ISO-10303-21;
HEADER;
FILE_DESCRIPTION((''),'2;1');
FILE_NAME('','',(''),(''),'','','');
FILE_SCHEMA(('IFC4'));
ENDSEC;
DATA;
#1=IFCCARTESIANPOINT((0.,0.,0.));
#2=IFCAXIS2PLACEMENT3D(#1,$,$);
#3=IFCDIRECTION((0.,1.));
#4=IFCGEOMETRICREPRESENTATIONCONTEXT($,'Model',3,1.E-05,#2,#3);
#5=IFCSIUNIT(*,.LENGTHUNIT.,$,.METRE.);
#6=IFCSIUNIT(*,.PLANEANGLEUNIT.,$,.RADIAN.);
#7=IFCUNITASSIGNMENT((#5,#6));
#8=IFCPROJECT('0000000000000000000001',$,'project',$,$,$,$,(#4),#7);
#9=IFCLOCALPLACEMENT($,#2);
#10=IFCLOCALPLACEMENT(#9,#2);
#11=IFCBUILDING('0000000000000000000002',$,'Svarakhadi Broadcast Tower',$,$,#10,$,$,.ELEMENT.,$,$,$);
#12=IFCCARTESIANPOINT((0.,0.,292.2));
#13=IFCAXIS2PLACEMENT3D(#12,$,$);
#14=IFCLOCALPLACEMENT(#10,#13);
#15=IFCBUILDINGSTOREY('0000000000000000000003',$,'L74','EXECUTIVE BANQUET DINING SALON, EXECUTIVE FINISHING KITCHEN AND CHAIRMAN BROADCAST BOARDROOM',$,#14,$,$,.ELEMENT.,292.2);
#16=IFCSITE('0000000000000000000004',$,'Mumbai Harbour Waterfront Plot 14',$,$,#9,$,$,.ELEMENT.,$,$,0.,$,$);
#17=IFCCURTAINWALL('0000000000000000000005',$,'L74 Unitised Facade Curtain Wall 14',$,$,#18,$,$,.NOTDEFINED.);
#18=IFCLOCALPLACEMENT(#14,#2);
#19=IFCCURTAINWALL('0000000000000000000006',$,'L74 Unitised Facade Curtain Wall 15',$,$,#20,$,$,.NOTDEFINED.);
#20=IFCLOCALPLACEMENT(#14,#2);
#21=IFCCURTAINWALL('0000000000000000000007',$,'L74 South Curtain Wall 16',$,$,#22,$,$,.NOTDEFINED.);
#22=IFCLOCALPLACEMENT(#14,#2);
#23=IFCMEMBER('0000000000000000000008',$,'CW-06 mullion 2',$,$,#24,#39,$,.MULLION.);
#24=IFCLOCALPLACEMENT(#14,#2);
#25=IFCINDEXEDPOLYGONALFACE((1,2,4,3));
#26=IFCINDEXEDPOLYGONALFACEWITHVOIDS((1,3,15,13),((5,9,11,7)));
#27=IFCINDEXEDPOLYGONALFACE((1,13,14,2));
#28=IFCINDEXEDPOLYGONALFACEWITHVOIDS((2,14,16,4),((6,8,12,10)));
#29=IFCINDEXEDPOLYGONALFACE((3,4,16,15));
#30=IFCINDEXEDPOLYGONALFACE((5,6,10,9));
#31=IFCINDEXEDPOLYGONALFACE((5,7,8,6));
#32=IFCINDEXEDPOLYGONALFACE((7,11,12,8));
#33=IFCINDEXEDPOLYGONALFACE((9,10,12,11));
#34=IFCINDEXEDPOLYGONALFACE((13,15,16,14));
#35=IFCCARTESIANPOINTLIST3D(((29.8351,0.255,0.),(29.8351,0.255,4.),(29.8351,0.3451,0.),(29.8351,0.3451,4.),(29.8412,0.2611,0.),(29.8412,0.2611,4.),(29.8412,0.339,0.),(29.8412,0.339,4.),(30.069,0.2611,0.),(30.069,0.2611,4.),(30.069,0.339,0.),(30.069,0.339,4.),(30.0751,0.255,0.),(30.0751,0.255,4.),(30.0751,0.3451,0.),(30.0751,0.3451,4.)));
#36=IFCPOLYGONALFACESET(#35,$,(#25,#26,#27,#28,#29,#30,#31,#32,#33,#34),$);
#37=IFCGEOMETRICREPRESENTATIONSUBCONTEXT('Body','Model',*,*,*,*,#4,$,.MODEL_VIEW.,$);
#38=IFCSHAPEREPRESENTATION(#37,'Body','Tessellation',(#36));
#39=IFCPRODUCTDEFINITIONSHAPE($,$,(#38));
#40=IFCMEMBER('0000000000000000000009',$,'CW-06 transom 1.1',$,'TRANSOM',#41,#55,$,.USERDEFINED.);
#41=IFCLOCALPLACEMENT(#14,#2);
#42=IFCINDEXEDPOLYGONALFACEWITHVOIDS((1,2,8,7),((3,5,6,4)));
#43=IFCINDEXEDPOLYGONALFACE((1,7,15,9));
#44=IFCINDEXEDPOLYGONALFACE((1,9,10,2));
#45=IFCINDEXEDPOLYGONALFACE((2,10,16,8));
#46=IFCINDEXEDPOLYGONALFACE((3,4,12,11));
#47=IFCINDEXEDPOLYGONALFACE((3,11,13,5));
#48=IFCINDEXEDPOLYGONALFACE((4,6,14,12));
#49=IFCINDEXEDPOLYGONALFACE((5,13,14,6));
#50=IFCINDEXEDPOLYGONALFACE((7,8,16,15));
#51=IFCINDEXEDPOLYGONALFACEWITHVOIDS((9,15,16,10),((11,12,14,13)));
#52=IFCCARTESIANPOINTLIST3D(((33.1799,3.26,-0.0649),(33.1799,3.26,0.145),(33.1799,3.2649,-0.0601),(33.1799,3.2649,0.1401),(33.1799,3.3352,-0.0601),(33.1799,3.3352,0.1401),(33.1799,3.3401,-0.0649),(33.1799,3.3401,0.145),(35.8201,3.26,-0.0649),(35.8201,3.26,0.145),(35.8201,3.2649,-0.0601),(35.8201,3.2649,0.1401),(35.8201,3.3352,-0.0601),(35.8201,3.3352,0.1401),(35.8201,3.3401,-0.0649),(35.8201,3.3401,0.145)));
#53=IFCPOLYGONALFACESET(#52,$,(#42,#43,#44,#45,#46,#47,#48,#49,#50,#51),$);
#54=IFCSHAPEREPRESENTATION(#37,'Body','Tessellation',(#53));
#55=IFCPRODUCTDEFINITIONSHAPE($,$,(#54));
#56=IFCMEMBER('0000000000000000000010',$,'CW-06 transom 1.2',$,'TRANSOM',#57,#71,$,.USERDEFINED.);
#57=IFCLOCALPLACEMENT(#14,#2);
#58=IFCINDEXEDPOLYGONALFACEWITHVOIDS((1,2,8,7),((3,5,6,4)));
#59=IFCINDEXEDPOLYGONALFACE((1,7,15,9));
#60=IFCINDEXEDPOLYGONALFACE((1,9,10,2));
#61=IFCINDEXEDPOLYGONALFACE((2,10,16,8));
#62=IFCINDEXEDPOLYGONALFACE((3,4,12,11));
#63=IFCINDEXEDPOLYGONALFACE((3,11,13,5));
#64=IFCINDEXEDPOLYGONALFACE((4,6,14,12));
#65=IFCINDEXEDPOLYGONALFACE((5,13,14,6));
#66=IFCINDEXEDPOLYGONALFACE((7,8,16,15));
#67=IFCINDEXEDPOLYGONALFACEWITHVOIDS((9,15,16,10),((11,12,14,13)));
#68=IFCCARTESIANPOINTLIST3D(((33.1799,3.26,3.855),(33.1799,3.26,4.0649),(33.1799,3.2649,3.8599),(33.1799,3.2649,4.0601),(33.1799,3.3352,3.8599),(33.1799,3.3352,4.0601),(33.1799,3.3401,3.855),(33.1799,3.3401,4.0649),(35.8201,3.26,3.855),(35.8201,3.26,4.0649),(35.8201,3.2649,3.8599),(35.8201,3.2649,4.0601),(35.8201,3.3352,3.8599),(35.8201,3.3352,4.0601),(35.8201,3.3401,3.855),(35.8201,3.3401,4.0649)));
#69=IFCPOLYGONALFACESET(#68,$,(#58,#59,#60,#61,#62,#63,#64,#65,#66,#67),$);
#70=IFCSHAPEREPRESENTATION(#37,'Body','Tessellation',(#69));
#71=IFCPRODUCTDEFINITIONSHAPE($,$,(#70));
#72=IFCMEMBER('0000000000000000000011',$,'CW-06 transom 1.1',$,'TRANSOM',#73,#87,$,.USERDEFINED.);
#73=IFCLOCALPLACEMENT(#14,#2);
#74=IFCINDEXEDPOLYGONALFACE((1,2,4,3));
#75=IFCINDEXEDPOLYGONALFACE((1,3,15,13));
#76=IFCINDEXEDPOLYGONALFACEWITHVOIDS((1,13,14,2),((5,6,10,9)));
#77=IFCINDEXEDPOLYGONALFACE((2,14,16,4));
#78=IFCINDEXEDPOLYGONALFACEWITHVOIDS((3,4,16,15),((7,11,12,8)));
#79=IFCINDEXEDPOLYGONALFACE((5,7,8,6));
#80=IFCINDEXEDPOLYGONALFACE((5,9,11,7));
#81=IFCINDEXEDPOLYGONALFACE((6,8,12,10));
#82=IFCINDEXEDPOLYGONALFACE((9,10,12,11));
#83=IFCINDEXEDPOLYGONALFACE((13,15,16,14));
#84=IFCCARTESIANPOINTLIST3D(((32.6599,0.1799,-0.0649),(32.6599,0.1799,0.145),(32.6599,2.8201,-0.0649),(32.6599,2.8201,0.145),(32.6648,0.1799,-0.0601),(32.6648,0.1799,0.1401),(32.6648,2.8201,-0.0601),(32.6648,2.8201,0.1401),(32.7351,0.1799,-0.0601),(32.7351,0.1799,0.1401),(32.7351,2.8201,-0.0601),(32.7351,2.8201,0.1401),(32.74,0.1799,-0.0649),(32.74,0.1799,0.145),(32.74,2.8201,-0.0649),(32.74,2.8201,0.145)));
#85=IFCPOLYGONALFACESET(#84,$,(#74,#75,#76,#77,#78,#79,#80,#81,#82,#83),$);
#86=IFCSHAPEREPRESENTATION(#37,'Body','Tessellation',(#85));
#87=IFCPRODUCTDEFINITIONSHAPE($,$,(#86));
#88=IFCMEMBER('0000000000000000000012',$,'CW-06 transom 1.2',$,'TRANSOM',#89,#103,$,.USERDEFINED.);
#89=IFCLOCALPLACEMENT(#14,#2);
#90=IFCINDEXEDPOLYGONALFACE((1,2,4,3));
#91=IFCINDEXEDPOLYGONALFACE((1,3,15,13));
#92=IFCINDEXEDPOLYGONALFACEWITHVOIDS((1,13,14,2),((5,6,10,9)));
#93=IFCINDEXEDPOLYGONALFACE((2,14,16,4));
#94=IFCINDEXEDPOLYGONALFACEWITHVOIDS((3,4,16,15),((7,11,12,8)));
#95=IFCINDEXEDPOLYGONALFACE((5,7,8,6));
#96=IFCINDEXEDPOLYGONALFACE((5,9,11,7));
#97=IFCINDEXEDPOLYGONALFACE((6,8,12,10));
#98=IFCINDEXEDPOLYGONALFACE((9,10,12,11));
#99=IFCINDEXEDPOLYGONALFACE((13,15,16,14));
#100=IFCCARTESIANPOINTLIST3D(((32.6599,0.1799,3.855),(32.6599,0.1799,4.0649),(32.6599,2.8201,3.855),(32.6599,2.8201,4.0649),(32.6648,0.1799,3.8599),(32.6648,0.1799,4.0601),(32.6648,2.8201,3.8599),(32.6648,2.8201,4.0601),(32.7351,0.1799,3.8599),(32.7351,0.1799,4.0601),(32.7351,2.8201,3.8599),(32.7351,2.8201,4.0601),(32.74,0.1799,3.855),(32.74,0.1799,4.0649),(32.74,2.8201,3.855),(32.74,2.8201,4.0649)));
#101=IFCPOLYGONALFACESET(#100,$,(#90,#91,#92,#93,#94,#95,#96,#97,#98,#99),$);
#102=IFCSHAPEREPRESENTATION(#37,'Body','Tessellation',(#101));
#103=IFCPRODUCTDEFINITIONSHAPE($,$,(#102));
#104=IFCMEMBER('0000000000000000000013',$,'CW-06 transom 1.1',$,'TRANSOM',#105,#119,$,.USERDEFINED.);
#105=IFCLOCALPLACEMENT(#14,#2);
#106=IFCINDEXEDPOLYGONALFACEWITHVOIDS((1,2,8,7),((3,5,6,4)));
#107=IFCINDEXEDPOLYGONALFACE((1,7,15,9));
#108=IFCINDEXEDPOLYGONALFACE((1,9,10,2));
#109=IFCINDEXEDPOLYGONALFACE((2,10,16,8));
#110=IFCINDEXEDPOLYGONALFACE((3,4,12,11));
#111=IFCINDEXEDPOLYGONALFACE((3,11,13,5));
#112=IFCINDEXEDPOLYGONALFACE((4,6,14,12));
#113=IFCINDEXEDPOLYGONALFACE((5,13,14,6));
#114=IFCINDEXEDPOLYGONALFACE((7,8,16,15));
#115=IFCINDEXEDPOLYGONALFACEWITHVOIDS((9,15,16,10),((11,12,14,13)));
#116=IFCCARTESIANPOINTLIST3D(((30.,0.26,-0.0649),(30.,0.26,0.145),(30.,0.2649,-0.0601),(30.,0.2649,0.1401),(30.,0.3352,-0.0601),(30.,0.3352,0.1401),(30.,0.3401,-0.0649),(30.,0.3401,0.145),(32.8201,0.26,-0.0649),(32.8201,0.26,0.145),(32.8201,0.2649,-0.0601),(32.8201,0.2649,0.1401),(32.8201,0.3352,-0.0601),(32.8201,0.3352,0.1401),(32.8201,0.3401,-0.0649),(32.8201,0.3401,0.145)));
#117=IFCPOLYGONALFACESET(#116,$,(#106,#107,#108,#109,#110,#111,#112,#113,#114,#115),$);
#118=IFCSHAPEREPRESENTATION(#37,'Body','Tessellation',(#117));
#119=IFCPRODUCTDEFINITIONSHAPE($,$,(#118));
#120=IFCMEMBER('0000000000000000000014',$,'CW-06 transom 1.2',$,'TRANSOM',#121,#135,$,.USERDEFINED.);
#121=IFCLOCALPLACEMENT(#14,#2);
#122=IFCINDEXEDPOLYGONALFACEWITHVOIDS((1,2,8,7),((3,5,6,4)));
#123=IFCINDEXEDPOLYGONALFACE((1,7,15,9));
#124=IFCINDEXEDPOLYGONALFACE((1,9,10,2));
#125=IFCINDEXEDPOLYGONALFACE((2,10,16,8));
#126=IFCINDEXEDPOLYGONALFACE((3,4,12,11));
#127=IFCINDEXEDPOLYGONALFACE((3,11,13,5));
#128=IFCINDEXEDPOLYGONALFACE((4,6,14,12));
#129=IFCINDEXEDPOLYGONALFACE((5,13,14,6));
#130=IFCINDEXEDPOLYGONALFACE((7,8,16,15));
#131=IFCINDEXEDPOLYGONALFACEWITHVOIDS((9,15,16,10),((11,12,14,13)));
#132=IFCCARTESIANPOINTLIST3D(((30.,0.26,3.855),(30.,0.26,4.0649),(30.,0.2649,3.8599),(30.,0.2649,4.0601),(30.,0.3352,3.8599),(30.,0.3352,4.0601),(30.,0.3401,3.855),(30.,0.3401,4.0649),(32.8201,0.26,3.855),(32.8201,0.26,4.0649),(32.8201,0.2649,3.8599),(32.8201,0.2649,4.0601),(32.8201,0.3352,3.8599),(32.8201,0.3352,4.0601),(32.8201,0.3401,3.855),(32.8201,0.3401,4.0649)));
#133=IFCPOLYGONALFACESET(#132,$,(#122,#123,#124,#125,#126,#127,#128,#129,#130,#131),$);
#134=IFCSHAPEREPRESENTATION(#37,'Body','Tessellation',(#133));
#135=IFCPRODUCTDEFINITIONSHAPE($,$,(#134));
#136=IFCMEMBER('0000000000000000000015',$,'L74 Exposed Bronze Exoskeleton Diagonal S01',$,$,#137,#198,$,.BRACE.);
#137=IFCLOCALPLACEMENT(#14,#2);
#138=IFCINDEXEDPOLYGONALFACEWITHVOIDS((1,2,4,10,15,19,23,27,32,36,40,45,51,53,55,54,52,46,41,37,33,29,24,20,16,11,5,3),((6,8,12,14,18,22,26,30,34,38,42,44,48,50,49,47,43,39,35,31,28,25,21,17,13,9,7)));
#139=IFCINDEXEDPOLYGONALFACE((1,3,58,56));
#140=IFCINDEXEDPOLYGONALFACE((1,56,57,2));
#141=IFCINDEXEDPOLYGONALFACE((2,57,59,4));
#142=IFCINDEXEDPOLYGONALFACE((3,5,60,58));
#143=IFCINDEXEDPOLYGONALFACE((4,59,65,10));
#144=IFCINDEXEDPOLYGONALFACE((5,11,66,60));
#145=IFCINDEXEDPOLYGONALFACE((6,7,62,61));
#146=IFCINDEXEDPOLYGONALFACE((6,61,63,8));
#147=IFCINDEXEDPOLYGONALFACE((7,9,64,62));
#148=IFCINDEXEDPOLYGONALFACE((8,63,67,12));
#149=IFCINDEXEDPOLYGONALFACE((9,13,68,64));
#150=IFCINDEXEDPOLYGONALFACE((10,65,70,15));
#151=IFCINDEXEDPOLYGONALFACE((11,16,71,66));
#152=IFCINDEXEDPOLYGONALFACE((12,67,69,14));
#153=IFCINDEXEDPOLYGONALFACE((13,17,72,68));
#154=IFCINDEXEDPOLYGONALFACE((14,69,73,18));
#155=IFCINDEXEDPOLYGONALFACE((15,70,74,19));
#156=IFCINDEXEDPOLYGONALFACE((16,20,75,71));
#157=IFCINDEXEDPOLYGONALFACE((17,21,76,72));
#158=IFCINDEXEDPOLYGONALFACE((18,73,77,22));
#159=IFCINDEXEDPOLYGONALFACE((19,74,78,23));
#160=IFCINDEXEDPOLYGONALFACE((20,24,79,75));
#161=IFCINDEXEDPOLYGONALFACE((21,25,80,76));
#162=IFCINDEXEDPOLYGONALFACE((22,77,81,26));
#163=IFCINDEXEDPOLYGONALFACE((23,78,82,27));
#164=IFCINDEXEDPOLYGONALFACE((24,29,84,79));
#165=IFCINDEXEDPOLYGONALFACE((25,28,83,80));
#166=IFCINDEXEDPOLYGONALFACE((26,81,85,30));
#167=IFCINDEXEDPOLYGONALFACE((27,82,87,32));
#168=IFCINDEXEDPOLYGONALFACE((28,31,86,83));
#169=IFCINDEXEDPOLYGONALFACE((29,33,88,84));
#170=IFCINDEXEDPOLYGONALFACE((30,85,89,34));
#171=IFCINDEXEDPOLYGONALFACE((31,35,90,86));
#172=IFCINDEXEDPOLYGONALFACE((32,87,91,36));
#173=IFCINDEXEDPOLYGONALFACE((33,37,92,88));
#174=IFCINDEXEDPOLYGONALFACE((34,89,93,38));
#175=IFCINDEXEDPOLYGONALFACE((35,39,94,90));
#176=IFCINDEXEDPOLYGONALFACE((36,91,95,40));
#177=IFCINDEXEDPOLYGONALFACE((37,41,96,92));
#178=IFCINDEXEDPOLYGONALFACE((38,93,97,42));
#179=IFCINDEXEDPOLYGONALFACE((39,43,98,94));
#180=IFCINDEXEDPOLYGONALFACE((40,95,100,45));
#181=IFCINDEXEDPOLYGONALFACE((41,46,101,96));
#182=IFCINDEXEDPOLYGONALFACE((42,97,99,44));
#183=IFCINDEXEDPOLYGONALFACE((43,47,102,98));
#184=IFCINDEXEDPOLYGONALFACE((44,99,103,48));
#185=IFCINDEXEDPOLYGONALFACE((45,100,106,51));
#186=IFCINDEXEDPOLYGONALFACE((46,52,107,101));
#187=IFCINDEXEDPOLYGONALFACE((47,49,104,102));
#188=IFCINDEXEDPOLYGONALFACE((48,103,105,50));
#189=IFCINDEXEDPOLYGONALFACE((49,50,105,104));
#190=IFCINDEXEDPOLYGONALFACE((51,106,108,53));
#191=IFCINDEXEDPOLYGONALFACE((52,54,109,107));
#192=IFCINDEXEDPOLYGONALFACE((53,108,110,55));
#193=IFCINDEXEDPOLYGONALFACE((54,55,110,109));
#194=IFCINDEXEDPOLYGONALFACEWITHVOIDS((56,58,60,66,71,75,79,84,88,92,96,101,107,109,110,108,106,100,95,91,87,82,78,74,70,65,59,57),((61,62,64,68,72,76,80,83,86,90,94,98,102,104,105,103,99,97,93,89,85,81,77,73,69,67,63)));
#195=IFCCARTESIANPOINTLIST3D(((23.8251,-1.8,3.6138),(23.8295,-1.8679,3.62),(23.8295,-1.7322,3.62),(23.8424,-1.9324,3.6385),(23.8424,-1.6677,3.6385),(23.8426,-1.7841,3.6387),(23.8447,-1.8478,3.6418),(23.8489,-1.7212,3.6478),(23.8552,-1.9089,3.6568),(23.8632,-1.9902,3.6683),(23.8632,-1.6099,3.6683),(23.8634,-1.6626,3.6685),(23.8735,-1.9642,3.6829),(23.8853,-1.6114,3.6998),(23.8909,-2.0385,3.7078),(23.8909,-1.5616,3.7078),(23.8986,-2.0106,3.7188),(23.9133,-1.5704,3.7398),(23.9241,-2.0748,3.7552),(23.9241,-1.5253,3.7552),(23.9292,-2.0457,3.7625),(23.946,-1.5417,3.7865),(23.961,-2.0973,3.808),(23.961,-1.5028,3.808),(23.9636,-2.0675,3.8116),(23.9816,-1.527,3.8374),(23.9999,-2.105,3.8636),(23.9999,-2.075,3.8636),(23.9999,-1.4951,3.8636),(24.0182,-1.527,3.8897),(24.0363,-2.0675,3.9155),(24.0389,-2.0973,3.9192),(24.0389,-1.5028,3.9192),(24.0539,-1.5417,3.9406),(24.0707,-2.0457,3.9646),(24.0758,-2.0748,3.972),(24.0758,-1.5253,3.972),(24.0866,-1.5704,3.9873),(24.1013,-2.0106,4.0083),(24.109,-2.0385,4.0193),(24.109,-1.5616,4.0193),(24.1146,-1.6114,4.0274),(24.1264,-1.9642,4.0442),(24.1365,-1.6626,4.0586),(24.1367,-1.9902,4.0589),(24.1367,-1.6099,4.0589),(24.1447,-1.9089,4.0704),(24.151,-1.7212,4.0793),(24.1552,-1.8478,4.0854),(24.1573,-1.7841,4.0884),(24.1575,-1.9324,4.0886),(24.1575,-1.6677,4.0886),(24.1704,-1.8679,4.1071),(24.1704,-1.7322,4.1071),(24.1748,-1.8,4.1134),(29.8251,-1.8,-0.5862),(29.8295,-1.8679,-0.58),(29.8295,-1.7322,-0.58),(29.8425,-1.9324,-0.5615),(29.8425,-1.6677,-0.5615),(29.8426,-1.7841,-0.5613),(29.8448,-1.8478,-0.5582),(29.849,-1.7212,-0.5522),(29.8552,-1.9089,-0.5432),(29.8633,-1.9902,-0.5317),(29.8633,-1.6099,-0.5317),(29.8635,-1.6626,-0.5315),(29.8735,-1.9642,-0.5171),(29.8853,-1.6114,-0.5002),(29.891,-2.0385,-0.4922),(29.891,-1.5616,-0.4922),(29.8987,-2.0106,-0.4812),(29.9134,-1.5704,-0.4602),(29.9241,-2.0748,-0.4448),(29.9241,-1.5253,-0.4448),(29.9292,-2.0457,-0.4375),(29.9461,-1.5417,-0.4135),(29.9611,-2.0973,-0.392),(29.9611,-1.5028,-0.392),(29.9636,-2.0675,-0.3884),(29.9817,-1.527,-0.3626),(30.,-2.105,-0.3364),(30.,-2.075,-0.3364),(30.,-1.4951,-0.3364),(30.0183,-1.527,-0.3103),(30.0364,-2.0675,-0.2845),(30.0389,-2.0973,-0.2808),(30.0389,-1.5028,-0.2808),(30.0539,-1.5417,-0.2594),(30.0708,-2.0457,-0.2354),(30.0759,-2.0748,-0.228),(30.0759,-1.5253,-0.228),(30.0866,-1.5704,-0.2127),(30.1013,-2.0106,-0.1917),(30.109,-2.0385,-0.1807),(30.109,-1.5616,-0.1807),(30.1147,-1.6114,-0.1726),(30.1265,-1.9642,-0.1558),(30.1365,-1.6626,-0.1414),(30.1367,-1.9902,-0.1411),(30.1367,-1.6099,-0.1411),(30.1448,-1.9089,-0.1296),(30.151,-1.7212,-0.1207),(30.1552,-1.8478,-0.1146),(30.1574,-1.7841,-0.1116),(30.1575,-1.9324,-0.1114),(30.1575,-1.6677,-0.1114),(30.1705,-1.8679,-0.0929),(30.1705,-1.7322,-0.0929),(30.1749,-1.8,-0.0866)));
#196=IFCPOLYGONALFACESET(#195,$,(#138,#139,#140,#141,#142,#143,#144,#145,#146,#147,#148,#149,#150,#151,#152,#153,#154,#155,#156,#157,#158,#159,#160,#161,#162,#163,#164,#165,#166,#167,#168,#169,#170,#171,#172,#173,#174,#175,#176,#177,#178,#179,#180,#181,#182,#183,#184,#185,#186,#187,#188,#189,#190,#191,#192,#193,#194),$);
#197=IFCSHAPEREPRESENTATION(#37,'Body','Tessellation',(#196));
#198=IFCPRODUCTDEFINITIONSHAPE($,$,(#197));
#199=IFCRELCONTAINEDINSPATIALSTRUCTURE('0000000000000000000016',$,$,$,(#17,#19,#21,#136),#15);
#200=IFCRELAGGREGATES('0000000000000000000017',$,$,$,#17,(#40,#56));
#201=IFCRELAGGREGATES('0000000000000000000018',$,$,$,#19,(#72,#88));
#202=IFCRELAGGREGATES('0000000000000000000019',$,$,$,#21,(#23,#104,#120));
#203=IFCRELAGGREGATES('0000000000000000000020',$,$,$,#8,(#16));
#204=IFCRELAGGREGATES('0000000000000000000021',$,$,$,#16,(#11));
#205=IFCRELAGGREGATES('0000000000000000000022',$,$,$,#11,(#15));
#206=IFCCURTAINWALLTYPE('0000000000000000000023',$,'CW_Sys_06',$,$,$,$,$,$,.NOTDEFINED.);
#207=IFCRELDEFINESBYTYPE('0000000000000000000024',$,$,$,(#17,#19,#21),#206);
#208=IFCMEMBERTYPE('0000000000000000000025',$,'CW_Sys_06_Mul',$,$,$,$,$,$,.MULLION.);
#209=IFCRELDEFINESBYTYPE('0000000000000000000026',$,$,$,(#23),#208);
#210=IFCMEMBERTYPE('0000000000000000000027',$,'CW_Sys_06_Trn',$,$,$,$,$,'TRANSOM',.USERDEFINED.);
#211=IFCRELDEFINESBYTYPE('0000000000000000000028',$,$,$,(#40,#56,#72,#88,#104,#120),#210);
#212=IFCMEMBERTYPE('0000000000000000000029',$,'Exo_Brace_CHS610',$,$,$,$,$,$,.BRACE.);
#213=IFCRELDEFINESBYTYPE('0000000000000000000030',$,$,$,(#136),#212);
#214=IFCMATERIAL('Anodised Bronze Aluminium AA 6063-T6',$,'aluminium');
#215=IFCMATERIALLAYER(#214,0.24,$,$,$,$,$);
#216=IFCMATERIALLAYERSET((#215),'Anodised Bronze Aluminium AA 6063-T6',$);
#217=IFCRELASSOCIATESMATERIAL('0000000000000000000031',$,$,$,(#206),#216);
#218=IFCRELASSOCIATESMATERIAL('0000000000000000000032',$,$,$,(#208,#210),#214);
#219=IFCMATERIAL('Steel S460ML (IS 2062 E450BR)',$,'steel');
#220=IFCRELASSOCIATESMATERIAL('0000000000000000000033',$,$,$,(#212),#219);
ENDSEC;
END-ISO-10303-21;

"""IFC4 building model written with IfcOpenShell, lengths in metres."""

from ifc_helpers import new_model, si_unit, direction, frame, origin, origin_2d, place, context, subcontext, project, spatial, hollow_rectangle, hollow_circle, extrude, material, layer, layer_set, material_profile, profile_set, type_object, element, aggregate, save


model = new_model("IFC4")

# Units and contexts
model_context = context("Model", 3, precision=1e-05, world=origin(), true_north=direction((0.0, 1.0)))
body_context = subcontext(model_context, "Body", "Model", "MODEL_VIEW")
ifc_project = project(units=[si_unit("LENGTHUNIT", "METRE"), si_unit("PLANEANGLEUNIT", "RADIAN")], contexts=[model_context])

# Site, building, storey
site_placement = place(None, origin())
site = spatial("IfcSite", under=ifc_project, at=site_placement, Name="Mumbai Harbour Waterfront Plot 14", CompositionType="ELEMENT", RefElevation=0.0)
building_placement = place(site_placement, origin())
building = spatial("IfcBuilding", under=site, at=building_placement, Name="Svarakhadi Broadcast Tower", CompositionType="ELEMENT")
storey_placement = place(building_placement, frame((0.0, 0.0, 292.2)))
storey = spatial("IfcBuildingStorey", under=building, at=storey_placement, Name="L74", Description="EXECUTIVE BANQUET DINING SALON, EXECUTIVE FINISHING KITCHEN AND CHAIRMAN BROADCAST BOARDROOM", CompositionType="ELEMENT", Elevation=292.2)

# Shared definitions
ifc_material_1 = material(Name="Steel S460ML (IS 2062 E450BR)", Category="steel")

# Shared definitions
ifc_material_2 = material(Name="Anodised Bronze Aluminium AA 6063-T6", Category="aluminium")
ifc_layer_1 = layer(ifc_material_2, 0.24)
ifc_layer_set_1 = layer_set([ifc_layer_1], Name="Anodised Bronze Aluminium AA 6063-T6")
curtain_wall_type = type_object("IfcCurtainWallType", Name="CW_Sys_06", PredefinedType="NOTDEFINED", material=ifc_layer_set_1)
ifc_material_profile_1 = material_profile(ifc_material_2, hollow_rectangle(XDim=0.0901, YDim=0.24, WallThickness=0.0061, at=origin_2d()), Name="ALU MULLION 240x90x6")
ifc_profile_set_1 = profile_set([ifc_material_profile_1], Name="Anodised Bronze Aluminium AA 6063-T6")
member_type_1 = type_object("IfcMemberType", Name="CW_Sys_06_Mul", PredefinedType="MULLION", material=ifc_profile_set_1)

# Curtain walls, member
curtain_wall_1_placement = place(storey_placement, origin())
curtain_wall_1 = element("IfcCurtainWall", 1, at=curtain_wall_1_placement, inside=storey, type_object=curtain_wall_type, Name="L74 Unitised Facade Curtain Wall 14", PredefinedType="NOTDEFINED")
curtain_wall_2_placement = place(storey_placement, origin())
curtain_wall_2 = element("IfcCurtainWall", 2, at=curtain_wall_2_placement, inside=storey, type_object=curtain_wall_type, Name="L74 Unitised Facade Curtain Wall 15", PredefinedType="NOTDEFINED")
curtain_wall_3_placement = place(storey_placement, origin())
curtain_wall_3 = element("IfcCurtainWall", 3, at=curtain_wall_3_placement, inside=storey, type_object=curtain_wall_type, Name="L74 South Curtain Wall 16", PredefinedType="NOTDEFINED")
member_1_placement = place(storey_placement, frame((29.9551, 0.3, 0.0), z_axis=(0.0, 0.0, 1.0), x_axis=(0.0, -1.0, 0.0)))
member_1 = element("IfcMember", 4, at=member_1_placement, type_object=member_type_1, Name="CW-06 mullion 2", PredefinedType="MULLION", context=body_context, shape_type="SweptSolid", body=[
    extrude(hollow_rectangle(XDim=0.0901, YDim=0.24, WallThickness=0.0061, at=origin_2d()), origin(), (0.0, 0.0, 1.0), 4.0),
])

# Members
ifc_material_profile_2 = material_profile(ifc_material_2, hollow_rectangle(XDim=0.0801, YDim=0.21, WallThickness=0.0049, at=origin_2d()), Name="ALU TRANSOM 210x80x5")
ifc_profile_set_2 = profile_set([ifc_material_profile_2], Name="Anodised Bronze Aluminium AA 6063-T6")
member_type_2 = type_object("IfcMemberType", Name="CW_Sys_06_Trn", ElementType="TRANSOM", PredefinedType="USERDEFINED", material=ifc_profile_set_2)
member_2_placement = place(storey_placement, frame((35.8201, 3.3, 0.04), z_axis=(-1.0, 0.0, 0.0), x_axis=(0.0, -1.0, 0.0)))
member_2 = element("IfcMember", 5, at=member_2_placement, type_object=member_type_2, Name="CW-06 transom 1.1", ObjectType="TRANSOM", PredefinedType="USERDEFINED", context=body_context, shape_type="SweptSolid", body=[
    extrude(hollow_rectangle(XDim=0.0801, YDim=0.21, WallThickness=0.0049, at=origin_2d()), origin(), (0.0, 0.0, 1.0), 2.6401),
])
member_3_placement = place(storey_placement, frame((35.8201, 3.3, 3.96), z_axis=(-1.0, 0.0, 0.0), x_axis=(0.0, -1.0, 0.0)))
member_3 = element("IfcMember", 6, at=member_3_placement, type_object=member_type_2, Name="CW-06 transom 1.2", ObjectType="TRANSOM", PredefinedType="USERDEFINED", context=body_context, shape_type="SweptSolid", body=[
    extrude(hollow_rectangle(XDim=0.0801, YDim=0.21, WallThickness=0.0049, at=origin_2d()), origin(), (0.0, 0.0, 1.0), 2.6401),
])
member_4_placement = place(storey_placement, frame((32.7, 2.8201, 0.04), z_axis=(0.0, -1.0, 0.0), x_axis=(1.0, 0.0, 0.0)))
member_4 = element("IfcMember", 7, at=member_4_placement, type_object=member_type_2, Name="CW-06 transom 1.1", ObjectType="TRANSOM", PredefinedType="USERDEFINED", context=body_context, shape_type="SweptSolid", body=[
    extrude(hollow_rectangle(XDim=0.0801, YDim=0.21, WallThickness=0.0049, at=origin_2d()), origin(), (0.0, 0.0, 1.0), 2.6401),
])
member_5_placement = place(storey_placement, frame((32.7, 2.8201, 3.96), z_axis=(0.0, -1.0, 0.0), x_axis=(1.0, 0.0, 0.0)))
member_5 = element("IfcMember", 8, at=member_5_placement, type_object=member_type_2, Name="CW-06 transom 1.2", ObjectType="TRANSOM", PredefinedType="USERDEFINED", context=body_context, shape_type="SweptSolid", body=[
    extrude(hollow_rectangle(XDim=0.0801, YDim=0.21, WallThickness=0.0049, at=origin_2d()), origin(), (0.0, 0.0, 1.0), 2.6401),
])
member_6_placement = place(storey_placement, frame((32.8201, 0.3, 0.04), z_axis=(-1.0, 0.0, 0.0), x_axis=(0.0, -1.0, 0.0)))
member_6 = element("IfcMember", 9, at=member_6_placement, type_object=member_type_2, Name="CW-06 transom 1.1", ObjectType="TRANSOM", PredefinedType="USERDEFINED", context=body_context, shape_type="SweptSolid", body=[
    extrude(hollow_rectangle(XDim=0.0801, YDim=0.21, WallThickness=0.0049, at=origin_2d()), origin(), (0.0, 0.0, 1.0), 2.8201),
])
member_7_placement = place(storey_placement, frame((32.8201, 0.3, 3.96), z_axis=(-1.0, 0.0, 0.0), x_axis=(0.0, -1.0, 0.0)))
member_7 = element("IfcMember", 10, at=member_7_placement, type_object=member_type_2, Name="CW-06 transom 1.2", ObjectType="TRANSOM", PredefinedType="USERDEFINED", context=body_context, shape_type="SweptSolid", body=[
    extrude(hollow_rectangle(XDim=0.0801, YDim=0.21, WallThickness=0.0049, at=origin_2d()), origin(), (0.0, 0.0, 1.0), 2.8201),
])

# Member
ifc_material_profile_3 = material_profile(ifc_material_1, hollow_circle(Radius=0.3049, WallThickness=0.03, at=origin_2d()), Name="CHS 610x30")
ifc_profile_set_3 = profile_set([ifc_material_profile_3], Name="Steel S460ML (IS 2062 E450BR)")
member_type_3 = type_object("IfcMemberType", Name="Exo_Brace_CHS610", PredefinedType="BRACE", material=ifc_profile_set_3)
member_8_placement = place(storey_placement, frame((30.0, -1.8, -0.3364), z_axis=(-0.819235, 0.0, 0.573458), x_axis=(0.0, -1.0, 0.0)))
element("IfcMember", 11, at=member_8_placement, inside=storey, type_object=member_type_3, Name="L74 Exposed Bronze Exoskeleton Diagonal S01", PredefinedType="BRACE", context=body_context, shape_type="SweptSolid", body=[
    extrude(hollow_circle(Radius=0.3049, WallThickness=0.03, at=origin_2d()), origin(), (0.0, 0.0, 1.0), 7.324),
])

aggregate(curtain_wall_1, [member_2, member_3])
aggregate(curtain_wall_2, [member_4, member_5])
aggregate(curtain_wall_3, [member_1, member_6, member_7])

save(model, "model.ifc")
